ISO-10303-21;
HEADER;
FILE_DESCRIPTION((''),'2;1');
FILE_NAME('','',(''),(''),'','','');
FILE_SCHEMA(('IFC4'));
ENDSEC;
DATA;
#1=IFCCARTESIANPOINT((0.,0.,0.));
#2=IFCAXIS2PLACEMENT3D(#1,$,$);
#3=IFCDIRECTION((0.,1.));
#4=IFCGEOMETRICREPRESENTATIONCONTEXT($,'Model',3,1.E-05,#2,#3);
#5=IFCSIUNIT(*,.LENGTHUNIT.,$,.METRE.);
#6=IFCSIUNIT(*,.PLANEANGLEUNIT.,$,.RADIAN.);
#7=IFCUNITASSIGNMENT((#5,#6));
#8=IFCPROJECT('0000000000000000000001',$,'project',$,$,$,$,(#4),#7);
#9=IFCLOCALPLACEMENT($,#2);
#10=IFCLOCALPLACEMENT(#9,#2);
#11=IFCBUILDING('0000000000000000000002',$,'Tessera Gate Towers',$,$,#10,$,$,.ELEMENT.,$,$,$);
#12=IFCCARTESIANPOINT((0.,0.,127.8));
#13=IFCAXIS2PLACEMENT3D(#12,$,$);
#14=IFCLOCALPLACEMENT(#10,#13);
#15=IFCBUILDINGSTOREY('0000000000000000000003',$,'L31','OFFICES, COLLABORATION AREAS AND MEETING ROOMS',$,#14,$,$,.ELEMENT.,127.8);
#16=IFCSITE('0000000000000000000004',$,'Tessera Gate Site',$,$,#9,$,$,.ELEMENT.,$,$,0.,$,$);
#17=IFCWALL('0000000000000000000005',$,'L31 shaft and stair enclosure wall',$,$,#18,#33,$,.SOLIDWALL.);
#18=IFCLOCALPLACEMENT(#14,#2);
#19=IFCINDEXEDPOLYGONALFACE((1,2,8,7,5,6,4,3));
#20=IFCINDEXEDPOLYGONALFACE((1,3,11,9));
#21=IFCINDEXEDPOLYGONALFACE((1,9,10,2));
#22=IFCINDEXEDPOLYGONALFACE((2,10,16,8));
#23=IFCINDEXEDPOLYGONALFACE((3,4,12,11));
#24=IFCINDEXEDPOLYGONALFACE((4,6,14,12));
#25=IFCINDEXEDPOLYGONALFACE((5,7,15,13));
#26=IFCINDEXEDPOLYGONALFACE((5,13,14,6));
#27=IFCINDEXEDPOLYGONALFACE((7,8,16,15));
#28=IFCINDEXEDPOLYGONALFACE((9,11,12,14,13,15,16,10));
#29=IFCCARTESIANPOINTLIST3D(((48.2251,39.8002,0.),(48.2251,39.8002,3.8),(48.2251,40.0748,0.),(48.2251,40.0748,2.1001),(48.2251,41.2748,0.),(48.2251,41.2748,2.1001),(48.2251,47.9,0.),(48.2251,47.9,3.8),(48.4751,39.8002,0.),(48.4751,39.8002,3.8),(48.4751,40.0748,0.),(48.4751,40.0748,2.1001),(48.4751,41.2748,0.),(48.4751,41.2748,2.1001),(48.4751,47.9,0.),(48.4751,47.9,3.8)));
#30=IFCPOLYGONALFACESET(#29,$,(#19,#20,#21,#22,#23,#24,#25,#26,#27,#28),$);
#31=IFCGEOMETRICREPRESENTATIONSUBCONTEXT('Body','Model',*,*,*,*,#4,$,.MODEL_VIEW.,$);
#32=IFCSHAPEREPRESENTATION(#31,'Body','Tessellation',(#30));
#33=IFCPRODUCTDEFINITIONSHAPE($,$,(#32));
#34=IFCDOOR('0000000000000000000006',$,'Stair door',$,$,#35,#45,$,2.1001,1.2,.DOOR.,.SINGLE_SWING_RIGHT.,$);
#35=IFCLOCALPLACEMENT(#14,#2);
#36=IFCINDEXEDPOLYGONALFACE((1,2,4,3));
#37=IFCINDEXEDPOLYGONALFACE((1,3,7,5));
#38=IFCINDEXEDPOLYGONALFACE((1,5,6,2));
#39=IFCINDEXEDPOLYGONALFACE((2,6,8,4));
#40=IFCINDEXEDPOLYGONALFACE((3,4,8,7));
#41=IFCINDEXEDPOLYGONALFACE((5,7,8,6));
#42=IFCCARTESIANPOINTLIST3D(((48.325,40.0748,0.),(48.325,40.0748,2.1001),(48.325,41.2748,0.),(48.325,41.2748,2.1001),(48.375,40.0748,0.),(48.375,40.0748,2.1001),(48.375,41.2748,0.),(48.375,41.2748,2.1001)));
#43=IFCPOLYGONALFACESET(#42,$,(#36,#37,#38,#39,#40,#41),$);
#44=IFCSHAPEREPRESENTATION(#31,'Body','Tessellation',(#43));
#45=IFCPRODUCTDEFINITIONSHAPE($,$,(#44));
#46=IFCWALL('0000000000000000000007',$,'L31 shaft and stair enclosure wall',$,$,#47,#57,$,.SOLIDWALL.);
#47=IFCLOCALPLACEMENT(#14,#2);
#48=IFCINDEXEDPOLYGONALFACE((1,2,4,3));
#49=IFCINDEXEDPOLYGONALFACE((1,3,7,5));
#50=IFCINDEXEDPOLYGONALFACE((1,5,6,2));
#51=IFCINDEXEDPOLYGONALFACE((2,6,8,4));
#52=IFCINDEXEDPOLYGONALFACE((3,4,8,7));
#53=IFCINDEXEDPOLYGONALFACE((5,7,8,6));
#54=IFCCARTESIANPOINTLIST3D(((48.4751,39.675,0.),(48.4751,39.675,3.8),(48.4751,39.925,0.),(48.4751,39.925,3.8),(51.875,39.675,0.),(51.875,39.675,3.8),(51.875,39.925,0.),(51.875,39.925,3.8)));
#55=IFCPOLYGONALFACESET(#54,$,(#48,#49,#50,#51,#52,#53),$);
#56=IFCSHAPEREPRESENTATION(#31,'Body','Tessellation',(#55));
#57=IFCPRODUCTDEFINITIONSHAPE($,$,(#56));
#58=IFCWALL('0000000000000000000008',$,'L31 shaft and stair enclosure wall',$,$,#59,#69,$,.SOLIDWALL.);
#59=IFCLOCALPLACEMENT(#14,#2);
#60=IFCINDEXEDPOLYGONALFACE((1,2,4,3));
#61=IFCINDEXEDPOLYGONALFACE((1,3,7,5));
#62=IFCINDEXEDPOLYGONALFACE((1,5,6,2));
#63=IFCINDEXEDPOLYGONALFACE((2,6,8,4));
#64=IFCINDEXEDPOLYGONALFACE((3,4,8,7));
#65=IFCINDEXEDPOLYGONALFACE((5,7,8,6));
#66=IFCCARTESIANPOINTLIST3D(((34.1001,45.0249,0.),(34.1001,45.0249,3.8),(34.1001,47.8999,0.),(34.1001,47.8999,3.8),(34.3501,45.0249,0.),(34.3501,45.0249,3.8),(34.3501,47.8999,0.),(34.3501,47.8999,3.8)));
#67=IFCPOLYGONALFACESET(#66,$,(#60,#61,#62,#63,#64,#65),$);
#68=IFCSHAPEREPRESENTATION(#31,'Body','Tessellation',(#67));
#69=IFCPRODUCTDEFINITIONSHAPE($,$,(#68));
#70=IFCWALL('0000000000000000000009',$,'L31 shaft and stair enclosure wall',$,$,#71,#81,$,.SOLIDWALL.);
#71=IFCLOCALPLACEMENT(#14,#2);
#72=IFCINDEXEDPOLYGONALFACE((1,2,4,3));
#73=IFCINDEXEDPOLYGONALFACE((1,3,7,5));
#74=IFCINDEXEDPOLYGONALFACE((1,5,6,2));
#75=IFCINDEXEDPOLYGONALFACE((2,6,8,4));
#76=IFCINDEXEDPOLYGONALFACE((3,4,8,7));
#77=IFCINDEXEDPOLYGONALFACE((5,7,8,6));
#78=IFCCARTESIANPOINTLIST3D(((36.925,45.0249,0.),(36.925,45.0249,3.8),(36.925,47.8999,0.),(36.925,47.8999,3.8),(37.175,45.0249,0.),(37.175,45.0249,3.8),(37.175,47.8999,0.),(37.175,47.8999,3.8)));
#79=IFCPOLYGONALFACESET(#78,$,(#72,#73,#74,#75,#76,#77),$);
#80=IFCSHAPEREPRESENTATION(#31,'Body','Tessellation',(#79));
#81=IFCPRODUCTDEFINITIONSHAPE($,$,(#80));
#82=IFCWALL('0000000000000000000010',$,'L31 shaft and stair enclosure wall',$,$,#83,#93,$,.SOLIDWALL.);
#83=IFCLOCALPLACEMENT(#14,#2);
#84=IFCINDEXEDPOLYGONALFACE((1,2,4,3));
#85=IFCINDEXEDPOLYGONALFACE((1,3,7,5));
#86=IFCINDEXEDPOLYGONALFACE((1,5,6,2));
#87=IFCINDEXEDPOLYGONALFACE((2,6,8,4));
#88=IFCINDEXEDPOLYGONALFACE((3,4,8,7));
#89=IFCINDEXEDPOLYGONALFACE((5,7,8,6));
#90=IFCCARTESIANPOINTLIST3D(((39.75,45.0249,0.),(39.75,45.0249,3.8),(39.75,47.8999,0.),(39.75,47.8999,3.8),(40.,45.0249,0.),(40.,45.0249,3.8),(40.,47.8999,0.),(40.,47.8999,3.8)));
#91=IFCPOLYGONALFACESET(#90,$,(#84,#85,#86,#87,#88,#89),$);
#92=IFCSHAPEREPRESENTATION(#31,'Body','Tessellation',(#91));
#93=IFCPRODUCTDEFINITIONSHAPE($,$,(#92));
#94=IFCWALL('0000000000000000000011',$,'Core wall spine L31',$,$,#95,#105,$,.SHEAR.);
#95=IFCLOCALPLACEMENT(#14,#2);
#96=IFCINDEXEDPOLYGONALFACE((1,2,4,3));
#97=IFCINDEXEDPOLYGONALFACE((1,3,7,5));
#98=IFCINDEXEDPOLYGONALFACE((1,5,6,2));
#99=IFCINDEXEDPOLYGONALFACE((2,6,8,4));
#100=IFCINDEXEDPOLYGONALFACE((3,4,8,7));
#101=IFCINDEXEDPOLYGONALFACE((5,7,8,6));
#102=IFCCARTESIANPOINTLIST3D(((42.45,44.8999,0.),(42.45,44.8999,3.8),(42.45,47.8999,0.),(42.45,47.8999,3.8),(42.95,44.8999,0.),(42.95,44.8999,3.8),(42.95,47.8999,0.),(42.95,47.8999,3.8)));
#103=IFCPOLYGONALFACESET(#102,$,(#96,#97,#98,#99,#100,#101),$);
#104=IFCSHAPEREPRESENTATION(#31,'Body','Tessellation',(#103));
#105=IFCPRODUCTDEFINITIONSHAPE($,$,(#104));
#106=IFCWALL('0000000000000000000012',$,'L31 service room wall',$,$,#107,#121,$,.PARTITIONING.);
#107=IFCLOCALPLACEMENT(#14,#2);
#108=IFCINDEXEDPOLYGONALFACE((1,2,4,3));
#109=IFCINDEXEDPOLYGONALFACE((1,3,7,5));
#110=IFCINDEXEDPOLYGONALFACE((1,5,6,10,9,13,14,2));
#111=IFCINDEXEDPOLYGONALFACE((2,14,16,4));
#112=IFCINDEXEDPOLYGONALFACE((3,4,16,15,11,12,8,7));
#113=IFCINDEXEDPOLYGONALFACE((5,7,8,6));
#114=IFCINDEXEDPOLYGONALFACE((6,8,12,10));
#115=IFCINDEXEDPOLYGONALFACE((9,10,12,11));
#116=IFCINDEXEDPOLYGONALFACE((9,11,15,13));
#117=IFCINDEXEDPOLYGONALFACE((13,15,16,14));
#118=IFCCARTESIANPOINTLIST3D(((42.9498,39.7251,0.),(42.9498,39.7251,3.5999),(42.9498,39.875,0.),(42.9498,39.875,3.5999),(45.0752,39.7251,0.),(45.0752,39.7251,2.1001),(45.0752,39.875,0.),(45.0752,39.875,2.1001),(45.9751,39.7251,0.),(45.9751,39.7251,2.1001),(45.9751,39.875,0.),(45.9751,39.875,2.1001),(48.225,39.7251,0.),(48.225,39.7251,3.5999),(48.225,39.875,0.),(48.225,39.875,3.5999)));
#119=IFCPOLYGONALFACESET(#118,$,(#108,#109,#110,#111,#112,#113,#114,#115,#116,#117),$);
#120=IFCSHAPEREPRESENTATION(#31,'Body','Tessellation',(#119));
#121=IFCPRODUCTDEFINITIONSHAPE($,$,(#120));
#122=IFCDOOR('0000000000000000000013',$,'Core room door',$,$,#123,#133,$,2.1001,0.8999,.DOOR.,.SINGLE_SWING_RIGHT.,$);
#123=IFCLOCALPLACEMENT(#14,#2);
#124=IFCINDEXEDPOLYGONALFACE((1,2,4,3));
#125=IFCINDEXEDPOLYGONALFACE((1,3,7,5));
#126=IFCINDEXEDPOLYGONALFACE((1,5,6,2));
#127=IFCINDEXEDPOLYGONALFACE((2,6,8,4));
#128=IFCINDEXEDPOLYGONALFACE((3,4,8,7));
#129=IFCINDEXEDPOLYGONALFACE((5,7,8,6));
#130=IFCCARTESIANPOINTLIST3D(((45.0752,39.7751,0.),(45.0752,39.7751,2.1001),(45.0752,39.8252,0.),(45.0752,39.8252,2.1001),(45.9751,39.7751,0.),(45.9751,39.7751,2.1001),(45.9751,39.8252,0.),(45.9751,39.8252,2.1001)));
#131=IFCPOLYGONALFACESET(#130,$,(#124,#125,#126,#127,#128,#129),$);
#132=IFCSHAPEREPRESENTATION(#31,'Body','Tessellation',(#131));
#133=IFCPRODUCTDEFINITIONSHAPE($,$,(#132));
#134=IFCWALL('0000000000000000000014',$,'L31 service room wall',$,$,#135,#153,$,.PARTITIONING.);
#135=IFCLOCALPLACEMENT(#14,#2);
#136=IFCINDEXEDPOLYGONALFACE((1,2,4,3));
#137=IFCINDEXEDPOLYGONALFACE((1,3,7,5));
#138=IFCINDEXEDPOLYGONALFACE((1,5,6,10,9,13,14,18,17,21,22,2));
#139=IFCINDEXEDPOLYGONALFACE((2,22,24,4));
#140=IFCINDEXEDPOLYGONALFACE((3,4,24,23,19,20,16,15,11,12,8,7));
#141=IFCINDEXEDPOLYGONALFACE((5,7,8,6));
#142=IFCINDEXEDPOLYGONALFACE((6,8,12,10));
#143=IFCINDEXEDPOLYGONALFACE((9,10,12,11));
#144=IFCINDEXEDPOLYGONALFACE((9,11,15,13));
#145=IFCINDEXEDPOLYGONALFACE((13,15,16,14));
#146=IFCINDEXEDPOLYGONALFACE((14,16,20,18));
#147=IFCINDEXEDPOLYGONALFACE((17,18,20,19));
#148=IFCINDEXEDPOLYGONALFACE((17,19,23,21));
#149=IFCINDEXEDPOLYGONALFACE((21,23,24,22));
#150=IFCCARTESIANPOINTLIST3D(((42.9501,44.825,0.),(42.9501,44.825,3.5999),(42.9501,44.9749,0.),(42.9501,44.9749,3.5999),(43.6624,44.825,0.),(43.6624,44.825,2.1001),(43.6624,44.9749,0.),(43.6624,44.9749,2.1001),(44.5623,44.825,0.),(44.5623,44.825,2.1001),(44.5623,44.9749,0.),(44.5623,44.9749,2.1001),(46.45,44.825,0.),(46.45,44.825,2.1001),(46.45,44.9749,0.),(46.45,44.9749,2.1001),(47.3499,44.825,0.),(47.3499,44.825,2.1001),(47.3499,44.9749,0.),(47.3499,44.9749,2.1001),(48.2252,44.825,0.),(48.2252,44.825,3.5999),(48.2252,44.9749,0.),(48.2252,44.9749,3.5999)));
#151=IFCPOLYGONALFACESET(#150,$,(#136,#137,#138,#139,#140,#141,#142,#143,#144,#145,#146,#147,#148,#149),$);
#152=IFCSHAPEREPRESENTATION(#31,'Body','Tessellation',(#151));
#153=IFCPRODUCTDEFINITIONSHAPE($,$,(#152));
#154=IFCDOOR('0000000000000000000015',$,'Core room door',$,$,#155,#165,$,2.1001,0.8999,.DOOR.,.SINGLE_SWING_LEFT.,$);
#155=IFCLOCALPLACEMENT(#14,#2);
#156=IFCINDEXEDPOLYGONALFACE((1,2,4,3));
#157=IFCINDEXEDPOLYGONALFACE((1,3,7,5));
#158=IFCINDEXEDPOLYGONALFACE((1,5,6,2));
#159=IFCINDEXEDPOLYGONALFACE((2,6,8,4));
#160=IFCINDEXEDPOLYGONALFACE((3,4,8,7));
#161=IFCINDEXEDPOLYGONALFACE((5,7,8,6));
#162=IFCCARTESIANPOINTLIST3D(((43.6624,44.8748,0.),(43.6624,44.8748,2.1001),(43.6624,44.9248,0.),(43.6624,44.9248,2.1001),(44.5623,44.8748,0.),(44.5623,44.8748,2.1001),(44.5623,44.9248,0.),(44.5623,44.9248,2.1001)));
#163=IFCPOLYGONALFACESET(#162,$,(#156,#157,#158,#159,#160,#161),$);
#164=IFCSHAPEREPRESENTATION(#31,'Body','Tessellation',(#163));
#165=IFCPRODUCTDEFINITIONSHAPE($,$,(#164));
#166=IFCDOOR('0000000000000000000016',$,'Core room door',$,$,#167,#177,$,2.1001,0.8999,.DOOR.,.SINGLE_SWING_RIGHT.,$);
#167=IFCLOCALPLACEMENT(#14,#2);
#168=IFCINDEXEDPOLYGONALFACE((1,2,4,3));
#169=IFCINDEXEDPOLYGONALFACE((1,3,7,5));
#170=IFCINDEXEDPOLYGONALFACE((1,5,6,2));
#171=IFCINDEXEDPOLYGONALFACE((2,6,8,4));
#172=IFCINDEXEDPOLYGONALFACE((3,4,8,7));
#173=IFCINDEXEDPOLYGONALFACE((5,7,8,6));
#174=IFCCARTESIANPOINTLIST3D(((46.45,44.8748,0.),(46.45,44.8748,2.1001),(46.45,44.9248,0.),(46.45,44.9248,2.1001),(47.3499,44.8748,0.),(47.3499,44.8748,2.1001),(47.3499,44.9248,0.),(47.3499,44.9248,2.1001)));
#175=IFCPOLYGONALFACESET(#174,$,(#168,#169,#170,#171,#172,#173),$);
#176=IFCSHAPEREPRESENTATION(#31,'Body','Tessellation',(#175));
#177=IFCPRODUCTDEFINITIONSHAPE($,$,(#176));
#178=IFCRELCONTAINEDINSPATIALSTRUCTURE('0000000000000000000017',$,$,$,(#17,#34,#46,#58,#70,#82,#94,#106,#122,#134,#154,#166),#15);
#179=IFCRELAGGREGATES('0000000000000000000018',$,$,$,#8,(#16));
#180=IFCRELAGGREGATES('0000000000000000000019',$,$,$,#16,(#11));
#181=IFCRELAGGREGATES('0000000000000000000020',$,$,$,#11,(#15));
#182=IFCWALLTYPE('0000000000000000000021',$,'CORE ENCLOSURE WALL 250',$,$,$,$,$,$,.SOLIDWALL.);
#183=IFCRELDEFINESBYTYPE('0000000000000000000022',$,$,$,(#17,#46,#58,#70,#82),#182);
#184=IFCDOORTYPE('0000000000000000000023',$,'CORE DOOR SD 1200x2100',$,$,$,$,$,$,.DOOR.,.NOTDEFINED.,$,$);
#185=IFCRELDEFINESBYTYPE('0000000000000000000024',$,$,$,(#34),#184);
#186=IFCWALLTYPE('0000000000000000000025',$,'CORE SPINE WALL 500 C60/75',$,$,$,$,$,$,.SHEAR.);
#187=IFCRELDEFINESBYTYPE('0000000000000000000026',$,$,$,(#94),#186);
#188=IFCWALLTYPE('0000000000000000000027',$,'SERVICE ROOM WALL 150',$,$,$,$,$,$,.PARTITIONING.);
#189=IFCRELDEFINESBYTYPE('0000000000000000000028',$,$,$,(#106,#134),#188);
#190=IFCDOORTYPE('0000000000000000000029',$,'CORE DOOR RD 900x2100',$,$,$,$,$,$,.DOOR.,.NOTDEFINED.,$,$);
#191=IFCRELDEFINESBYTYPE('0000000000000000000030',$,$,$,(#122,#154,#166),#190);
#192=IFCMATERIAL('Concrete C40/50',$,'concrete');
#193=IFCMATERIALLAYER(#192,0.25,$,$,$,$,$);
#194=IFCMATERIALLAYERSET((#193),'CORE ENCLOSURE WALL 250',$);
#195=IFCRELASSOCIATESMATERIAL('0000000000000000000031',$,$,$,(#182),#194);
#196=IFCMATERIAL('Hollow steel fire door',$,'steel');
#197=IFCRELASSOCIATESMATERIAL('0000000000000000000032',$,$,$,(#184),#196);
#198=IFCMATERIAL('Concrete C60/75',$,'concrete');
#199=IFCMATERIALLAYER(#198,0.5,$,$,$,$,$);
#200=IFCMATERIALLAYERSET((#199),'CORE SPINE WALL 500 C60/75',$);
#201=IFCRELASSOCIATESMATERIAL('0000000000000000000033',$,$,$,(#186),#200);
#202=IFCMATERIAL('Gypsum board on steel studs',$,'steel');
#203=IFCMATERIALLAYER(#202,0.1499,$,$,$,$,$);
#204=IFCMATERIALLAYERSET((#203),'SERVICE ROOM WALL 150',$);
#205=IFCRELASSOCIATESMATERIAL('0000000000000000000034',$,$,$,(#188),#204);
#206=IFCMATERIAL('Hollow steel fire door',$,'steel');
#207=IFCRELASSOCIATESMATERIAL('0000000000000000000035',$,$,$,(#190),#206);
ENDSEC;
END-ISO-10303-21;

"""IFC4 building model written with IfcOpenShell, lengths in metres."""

from ifc_helpers import new_model, si_unit, direction, frame, frame_2d, origin, place, context, subcontext, project, spatial, rectangle, extrude, source, transform, mapped, material, layer, layer_set, type_object, element, fill, save


model = new_model("IFC4")

# Units and contexts
model_context = context("Model", 3, precision=1e-05, world=origin(), true_north=direction((0.0, 1.0)))
body_context = subcontext(model_context, "Body", "Model", "MODEL_VIEW")
ifc_project = project(units=[si_unit("LENGTHUNIT", "METRE"), si_unit("PLANEANGLEUNIT", "RADIAN")], contexts=[model_context])

# Site, building, storey
site_placement = place(None, origin())
site = spatial("IfcSite", under=ifc_project, at=site_placement, Name="Tessera Gate Site", CompositionType="ELEMENT", RefElevation=0.0)
building_placement = place(site_placement, origin())
building = spatial("IfcBuilding", under=site, at=building_placement, Name="Tessera Gate Towers", CompositionType="ELEMENT")
storey_placement = place(building_placement, frame((0.0, 0.0, 127.8)))
storey = spatial("IfcBuildingStorey", under=building, at=storey_placement, Name="L31", Description="OFFICES, COLLABORATION AREAS AND MEETING ROOMS", CompositionType="ELEMENT", Elevation=127.8)

# Shared definitions
ifc_material_1 = material(Name="Concrete C40/50", Category="concrete")
ifc_layer_1 = layer(ifc_material_1, 0.25)
ifc_layer_set_1 = layer_set([ifc_layer_1], Name="CORE ENCLOSURE WALL 250")
wall_type_1 = type_object("IfcWallType", Name="CORE ENCLOSURE WALL 250", PredefinedType="SOLIDWALL", material=ifc_layer_set_1)

# Wall, opening, door
wall_1_placement = place(storey_placement, frame((48.3501, 47.8999, 0.0), z_axis=(0.0, 0.0, 1.0), x_axis=(0.0, -1.0, 0.0)))
wall_1 = element("IfcWall", 1, at=wall_1_placement, inside=storey, type_object=wall_type_1, Name="L31 shaft and stair enclosure wall", PredefinedType="SOLIDWALL", context=body_context, shape_type="SweptSolid", body=[
    extrude(rectangle(XDim=8.0999, YDim=0.25, at=frame_2d((4.0498, 0.0))), origin(), (0.0, 0.0, 1.0), 3.8),
])
shared_shape_1 = source(origin(), body_context, "Body", "SweptSolid", [
    extrude(rectangle(XDim=1.2, YDim=2.1001, at=frame_2d((0.6001, 1.05))), frame((0.0, 0.135, 0.0), z_axis=(0.0, -1.0, 0.0), x_axis=(1.0, 0.0, 0.0)), (0.0, 0.0, 1.0), 0.27),
])
opening_1_placement = place(wall_1_placement, frame((6.625, 0.0, 0.0)))
opening_1 = element("IfcOpeningElement", 2, at=opening_1_placement, cuts=wall_1, PredefinedType="OPENING", context=body_context, shape_type="MappedRepresentation", body=[
    mapped(shared_shape_1, transform((0.0, 0.0, 0.0), scale=1.0)),
])
ifc_material_2 = material(Name="Hollow steel fire door", Category="steel")
door_type_1 = type_object("IfcDoorType", Name="CORE DOOR SD 1200x2100", OperationType="NOTDEFINED", PredefinedType="DOOR", material=ifc_material_2)
shared_shape_2 = source(origin(), body_context, "Body", "SweptSolid", [
    extrude(rectangle(XDim=1.2, YDim=2.1001, at=frame_2d((0.6001, 1.05))), frame((0.0, 0.0249, 0.0), z_axis=(0.0, -1.0, 0.0), x_axis=(1.0, 0.0, 0.0)), (0.0, 0.0, 1.0), 0.05),
])
door_1_placement = place(opening_1_placement, origin())
door_1 = element("IfcDoor", 3, at=door_1_placement, inside=storey, type_object=door_type_1, Name="Stair door", OperationType="SINGLE_SWING_RIGHT", OverallHeight=2.1001, OverallWidth=1.2, PredefinedType="DOOR", context=body_context, shape_type="MappedRepresentation", body=[
    mapped(shared_shape_2, transform((0.0, 0.0, 0.0), scale=1.0)),
])
fill(opening_1, door_1)

# Walls
wall_2_placement = place(storey_placement, frame((48.4751, 39.8, 0.0), z_axis=(0.0, 0.0, 1.0), x_axis=(1.0, 0.0, 0.0)))
element("IfcWall", 4, at=wall_2_placement, inside=storey, type_object=wall_type_1, Name="L31 shaft and stair enclosure wall", PredefinedType="SOLIDWALL", context=body_context, shape_type="SweptSolid", body=[
    extrude(rectangle(XDim=3.3999, YDim=0.25, at=frame_2d((1.7, 0.0))), origin(), (0.0, 0.0, 1.0), 3.8),
])
for number, where, z_axis, x_axis, name in (
    (5, (34.2251, 45.0249, 0.0), (0.0, 0.0, 1.0), (0.0, 1.0, 0.0), "L31 shaft and stair enclosure wall"),
    (6, (37.05, 45.0249, 0.0), (0.0, 0.0, 1.0), (0.0, 1.0, 0.0), "L31 shaft and stair enclosure wall"),
    (7, (39.875, 45.0249, 0.0), (0.0, 0.0, 1.0), (0.0, 1.0, 0.0), "L31 shaft and stair enclosure wall"),
):
    element("IfcWall", number, at=place(storey_placement, frame(where, z_axis=z_axis, x_axis=x_axis)), inside=storey, type_object=wall_type_1, Name=name, PredefinedType="SOLIDWALL", context=body_context, shape_type="SweptSolid", body=[
        extrude(rectangle(XDim=2.875, YDim=0.25, at=frame_2d((1.4375, 0.0))), origin(), (0.0, 0.0, 1.0), 3.8),
    ])
ifc_material_3 = material(Name="Concrete C60/75", Category="concrete")
ifc_layer_2 = layer(ifc_material_3, 0.5)
ifc_layer_set_2 = layer_set([ifc_layer_2], Name="CORE SPINE WALL 500 C60/75")
wall_type_2 = type_object("IfcWallType", Name="CORE SPINE WALL 500 C60/75", PredefinedType="SHEAR", material=ifc_layer_set_2)
wall_3_placement = place(storey_placement, frame((42.7, 44.8999, 0.0), z_axis=(0.0, 0.0, 1.0), x_axis=(0.0, 1.0, 0.0)))
element("IfcWall", 8, at=wall_3_placement, inside=storey, type_object=wall_type_2, Name="Core wall spine L31", PredefinedType="SHEAR", context=body_context, shape_type="SweptSolid", body=[
    extrude(rectangle(XDim=3.0, YDim=0.5, at=frame_2d((1.5, 0.0))), origin(), (0.0, 0.0, 1.0), 3.8),
])

# Wall, opening, door
ifc_material_4 = material(Name="Gypsum board on steel studs", Category="steel")
ifc_layer_3 = layer(ifc_material_4, 0.1499)
ifc_layer_set_3 = layer_set([ifc_layer_3], Name="SERVICE ROOM WALL 150")
wall_type_3 = type_object("IfcWallType", Name="SERVICE ROOM WALL 150", PredefinedType="PARTITIONING", material=ifc_layer_set_3)
wall_4_placement = place(storey_placement, frame((48.2251, 39.8, 0.0), z_axis=(0.0, 0.0, 1.0), x_axis=(-1.0, 0.0, 0.0)))
wall_4 = element("IfcWall", 9, at=wall_4_placement, inside=storey, type_object=wall_type_3, Name="L31 service room wall", PredefinedType="PARTITIONING", context=body_context, shape_type="SweptSolid", body=[
    extrude(rectangle(XDim=5.2751, YDim=0.1499, at=frame_2d((2.6377, 0.0))), origin(), (0.0, 0.0, 1.0), 3.5999),
])
shared_shape_3 = source(origin(), body_context, "Body", "SweptSolid", [
    extrude(rectangle(XDim=0.8999, YDim=2.1001, at=frame_2d((0.45, 1.05))), frame((0.0, 0.085, 0.0), z_axis=(0.0, -1.0, 0.0), x_axis=(1.0, 0.0, 0.0)), (0.0, 0.0, 1.0), 0.1699),
])
opening_2_placement = place(wall_4_placement, frame((2.25, 0.0, 0.0)))
opening_2 = element("IfcOpeningElement", 10, at=opening_2_placement, cuts=wall_4, PredefinedType="OPENING", context=body_context, shape_type="MappedRepresentation", body=[
    mapped(shared_shape_3, transform((0.0, 0.0, 0.0), scale=1.0)),
])
ifc_material_5 = material(Name="Hollow steel fire door", Category="steel")
door_type_2 = type_object("IfcDoorType", Name="CORE DOOR RD 900x2100", OperationType="NOTDEFINED", PredefinedType="DOOR", material=ifc_material_5)
shared_shape_4 = source(origin(), body_context, "Body", "SweptSolid", [
    extrude(rectangle(XDim=0.8999, YDim=2.1001, at=frame_2d((0.45, 1.05))), frame((0.0, 0.0249, 0.0), z_axis=(0.0, -1.0, 0.0), x_axis=(1.0, 0.0, 0.0)), (0.0, 0.0, 1.0), 0.05),
])
door_2_placement = place(opening_2_placement, origin())
door_2 = element("IfcDoor", 11, at=door_2_placement, inside=storey, type_object=door_type_2, Name="Core room door", OperationType="SINGLE_SWING_RIGHT", OverallHeight=2.1001, OverallWidth=0.8999, PredefinedType="DOOR", context=body_context, shape_type="MappedRepresentation", body=[
    mapped(shared_shape_4, transform((0.0, 0.0, 0.0), scale=1.0)),
])
fill(opening_2, door_2)

# Wall, openings, doors
wall_5_placement = place(storey_placement, frame((42.95, 44.8999, 0.0), z_axis=(0.0, 0.0, 1.0), x_axis=(1.0, 0.0, 0.0)))
wall_5 = element("IfcWall", 12, at=wall_5_placement, inside=storey, type_object=wall_type_3, Name="L31 service room wall", PredefinedType="PARTITIONING", context=body_context, shape_type="SweptSolid", body=[
    extrude(rectangle(XDim=5.2751, YDim=0.1499, at=frame_2d((2.6377, 0.0))), origin(), (0.0, 0.0, 1.0), 3.5999),
])
opening_3_placement = place(wall_5_placement, frame((0.7124, 0.0, 0.0)))
opening_3 = element("IfcOpeningElement", 13, at=opening_3_placement, cuts=wall_5, PredefinedType="OPENING", context=body_context, shape_type="MappedRepresentation", body=[
    mapped(shared_shape_3, transform((0.0, 0.0, 0.0), scale=1.0)),
])
opening_4_placement = place(wall_5_placement, frame((3.5, 0.0, 0.0)))
opening_4 = element("IfcOpeningElement", 14, at=opening_4_placement, cuts=wall_5, PredefinedType="OPENING", context=body_context, shape_type="MappedRepresentation", body=[
    mapped(shared_shape_3, transform((0.0, 0.0, 0.0), scale=1.0)),
])
door_3_placement = place(opening_3_placement, origin())
door_3 = element("IfcDoor", 15, at=door_3_placement, inside=storey, type_object=door_type_2, Name="Core room door", OperationType="SINGLE_SWING_LEFT", OverallHeight=2.1001, OverallWidth=0.8999, PredefinedType="DOOR", context=body_context, shape_type="MappedRepresentation", body=[
    mapped(shared_shape_4, transform((0.0, 0.0, 0.0), scale=1.0)),
])
fill(opening_3, door_3)
door_4_placement = place(opening_4_placement, origin())
door_4 = element("IfcDoor", 16, at=door_4_placement, inside=storey, type_object=door_type_2, Name="Core room door", OperationType="SINGLE_SWING_RIGHT", OverallHeight=2.1001, OverallWidth=0.8999, PredefinedType="DOOR", context=body_context, shape_type="MappedRepresentation", body=[
    mapped(shared_shape_4, transform((0.0, 0.0, 0.0), scale=1.0)),
])
fill(opening_4, door_4)

save(model, "model.ifc")
